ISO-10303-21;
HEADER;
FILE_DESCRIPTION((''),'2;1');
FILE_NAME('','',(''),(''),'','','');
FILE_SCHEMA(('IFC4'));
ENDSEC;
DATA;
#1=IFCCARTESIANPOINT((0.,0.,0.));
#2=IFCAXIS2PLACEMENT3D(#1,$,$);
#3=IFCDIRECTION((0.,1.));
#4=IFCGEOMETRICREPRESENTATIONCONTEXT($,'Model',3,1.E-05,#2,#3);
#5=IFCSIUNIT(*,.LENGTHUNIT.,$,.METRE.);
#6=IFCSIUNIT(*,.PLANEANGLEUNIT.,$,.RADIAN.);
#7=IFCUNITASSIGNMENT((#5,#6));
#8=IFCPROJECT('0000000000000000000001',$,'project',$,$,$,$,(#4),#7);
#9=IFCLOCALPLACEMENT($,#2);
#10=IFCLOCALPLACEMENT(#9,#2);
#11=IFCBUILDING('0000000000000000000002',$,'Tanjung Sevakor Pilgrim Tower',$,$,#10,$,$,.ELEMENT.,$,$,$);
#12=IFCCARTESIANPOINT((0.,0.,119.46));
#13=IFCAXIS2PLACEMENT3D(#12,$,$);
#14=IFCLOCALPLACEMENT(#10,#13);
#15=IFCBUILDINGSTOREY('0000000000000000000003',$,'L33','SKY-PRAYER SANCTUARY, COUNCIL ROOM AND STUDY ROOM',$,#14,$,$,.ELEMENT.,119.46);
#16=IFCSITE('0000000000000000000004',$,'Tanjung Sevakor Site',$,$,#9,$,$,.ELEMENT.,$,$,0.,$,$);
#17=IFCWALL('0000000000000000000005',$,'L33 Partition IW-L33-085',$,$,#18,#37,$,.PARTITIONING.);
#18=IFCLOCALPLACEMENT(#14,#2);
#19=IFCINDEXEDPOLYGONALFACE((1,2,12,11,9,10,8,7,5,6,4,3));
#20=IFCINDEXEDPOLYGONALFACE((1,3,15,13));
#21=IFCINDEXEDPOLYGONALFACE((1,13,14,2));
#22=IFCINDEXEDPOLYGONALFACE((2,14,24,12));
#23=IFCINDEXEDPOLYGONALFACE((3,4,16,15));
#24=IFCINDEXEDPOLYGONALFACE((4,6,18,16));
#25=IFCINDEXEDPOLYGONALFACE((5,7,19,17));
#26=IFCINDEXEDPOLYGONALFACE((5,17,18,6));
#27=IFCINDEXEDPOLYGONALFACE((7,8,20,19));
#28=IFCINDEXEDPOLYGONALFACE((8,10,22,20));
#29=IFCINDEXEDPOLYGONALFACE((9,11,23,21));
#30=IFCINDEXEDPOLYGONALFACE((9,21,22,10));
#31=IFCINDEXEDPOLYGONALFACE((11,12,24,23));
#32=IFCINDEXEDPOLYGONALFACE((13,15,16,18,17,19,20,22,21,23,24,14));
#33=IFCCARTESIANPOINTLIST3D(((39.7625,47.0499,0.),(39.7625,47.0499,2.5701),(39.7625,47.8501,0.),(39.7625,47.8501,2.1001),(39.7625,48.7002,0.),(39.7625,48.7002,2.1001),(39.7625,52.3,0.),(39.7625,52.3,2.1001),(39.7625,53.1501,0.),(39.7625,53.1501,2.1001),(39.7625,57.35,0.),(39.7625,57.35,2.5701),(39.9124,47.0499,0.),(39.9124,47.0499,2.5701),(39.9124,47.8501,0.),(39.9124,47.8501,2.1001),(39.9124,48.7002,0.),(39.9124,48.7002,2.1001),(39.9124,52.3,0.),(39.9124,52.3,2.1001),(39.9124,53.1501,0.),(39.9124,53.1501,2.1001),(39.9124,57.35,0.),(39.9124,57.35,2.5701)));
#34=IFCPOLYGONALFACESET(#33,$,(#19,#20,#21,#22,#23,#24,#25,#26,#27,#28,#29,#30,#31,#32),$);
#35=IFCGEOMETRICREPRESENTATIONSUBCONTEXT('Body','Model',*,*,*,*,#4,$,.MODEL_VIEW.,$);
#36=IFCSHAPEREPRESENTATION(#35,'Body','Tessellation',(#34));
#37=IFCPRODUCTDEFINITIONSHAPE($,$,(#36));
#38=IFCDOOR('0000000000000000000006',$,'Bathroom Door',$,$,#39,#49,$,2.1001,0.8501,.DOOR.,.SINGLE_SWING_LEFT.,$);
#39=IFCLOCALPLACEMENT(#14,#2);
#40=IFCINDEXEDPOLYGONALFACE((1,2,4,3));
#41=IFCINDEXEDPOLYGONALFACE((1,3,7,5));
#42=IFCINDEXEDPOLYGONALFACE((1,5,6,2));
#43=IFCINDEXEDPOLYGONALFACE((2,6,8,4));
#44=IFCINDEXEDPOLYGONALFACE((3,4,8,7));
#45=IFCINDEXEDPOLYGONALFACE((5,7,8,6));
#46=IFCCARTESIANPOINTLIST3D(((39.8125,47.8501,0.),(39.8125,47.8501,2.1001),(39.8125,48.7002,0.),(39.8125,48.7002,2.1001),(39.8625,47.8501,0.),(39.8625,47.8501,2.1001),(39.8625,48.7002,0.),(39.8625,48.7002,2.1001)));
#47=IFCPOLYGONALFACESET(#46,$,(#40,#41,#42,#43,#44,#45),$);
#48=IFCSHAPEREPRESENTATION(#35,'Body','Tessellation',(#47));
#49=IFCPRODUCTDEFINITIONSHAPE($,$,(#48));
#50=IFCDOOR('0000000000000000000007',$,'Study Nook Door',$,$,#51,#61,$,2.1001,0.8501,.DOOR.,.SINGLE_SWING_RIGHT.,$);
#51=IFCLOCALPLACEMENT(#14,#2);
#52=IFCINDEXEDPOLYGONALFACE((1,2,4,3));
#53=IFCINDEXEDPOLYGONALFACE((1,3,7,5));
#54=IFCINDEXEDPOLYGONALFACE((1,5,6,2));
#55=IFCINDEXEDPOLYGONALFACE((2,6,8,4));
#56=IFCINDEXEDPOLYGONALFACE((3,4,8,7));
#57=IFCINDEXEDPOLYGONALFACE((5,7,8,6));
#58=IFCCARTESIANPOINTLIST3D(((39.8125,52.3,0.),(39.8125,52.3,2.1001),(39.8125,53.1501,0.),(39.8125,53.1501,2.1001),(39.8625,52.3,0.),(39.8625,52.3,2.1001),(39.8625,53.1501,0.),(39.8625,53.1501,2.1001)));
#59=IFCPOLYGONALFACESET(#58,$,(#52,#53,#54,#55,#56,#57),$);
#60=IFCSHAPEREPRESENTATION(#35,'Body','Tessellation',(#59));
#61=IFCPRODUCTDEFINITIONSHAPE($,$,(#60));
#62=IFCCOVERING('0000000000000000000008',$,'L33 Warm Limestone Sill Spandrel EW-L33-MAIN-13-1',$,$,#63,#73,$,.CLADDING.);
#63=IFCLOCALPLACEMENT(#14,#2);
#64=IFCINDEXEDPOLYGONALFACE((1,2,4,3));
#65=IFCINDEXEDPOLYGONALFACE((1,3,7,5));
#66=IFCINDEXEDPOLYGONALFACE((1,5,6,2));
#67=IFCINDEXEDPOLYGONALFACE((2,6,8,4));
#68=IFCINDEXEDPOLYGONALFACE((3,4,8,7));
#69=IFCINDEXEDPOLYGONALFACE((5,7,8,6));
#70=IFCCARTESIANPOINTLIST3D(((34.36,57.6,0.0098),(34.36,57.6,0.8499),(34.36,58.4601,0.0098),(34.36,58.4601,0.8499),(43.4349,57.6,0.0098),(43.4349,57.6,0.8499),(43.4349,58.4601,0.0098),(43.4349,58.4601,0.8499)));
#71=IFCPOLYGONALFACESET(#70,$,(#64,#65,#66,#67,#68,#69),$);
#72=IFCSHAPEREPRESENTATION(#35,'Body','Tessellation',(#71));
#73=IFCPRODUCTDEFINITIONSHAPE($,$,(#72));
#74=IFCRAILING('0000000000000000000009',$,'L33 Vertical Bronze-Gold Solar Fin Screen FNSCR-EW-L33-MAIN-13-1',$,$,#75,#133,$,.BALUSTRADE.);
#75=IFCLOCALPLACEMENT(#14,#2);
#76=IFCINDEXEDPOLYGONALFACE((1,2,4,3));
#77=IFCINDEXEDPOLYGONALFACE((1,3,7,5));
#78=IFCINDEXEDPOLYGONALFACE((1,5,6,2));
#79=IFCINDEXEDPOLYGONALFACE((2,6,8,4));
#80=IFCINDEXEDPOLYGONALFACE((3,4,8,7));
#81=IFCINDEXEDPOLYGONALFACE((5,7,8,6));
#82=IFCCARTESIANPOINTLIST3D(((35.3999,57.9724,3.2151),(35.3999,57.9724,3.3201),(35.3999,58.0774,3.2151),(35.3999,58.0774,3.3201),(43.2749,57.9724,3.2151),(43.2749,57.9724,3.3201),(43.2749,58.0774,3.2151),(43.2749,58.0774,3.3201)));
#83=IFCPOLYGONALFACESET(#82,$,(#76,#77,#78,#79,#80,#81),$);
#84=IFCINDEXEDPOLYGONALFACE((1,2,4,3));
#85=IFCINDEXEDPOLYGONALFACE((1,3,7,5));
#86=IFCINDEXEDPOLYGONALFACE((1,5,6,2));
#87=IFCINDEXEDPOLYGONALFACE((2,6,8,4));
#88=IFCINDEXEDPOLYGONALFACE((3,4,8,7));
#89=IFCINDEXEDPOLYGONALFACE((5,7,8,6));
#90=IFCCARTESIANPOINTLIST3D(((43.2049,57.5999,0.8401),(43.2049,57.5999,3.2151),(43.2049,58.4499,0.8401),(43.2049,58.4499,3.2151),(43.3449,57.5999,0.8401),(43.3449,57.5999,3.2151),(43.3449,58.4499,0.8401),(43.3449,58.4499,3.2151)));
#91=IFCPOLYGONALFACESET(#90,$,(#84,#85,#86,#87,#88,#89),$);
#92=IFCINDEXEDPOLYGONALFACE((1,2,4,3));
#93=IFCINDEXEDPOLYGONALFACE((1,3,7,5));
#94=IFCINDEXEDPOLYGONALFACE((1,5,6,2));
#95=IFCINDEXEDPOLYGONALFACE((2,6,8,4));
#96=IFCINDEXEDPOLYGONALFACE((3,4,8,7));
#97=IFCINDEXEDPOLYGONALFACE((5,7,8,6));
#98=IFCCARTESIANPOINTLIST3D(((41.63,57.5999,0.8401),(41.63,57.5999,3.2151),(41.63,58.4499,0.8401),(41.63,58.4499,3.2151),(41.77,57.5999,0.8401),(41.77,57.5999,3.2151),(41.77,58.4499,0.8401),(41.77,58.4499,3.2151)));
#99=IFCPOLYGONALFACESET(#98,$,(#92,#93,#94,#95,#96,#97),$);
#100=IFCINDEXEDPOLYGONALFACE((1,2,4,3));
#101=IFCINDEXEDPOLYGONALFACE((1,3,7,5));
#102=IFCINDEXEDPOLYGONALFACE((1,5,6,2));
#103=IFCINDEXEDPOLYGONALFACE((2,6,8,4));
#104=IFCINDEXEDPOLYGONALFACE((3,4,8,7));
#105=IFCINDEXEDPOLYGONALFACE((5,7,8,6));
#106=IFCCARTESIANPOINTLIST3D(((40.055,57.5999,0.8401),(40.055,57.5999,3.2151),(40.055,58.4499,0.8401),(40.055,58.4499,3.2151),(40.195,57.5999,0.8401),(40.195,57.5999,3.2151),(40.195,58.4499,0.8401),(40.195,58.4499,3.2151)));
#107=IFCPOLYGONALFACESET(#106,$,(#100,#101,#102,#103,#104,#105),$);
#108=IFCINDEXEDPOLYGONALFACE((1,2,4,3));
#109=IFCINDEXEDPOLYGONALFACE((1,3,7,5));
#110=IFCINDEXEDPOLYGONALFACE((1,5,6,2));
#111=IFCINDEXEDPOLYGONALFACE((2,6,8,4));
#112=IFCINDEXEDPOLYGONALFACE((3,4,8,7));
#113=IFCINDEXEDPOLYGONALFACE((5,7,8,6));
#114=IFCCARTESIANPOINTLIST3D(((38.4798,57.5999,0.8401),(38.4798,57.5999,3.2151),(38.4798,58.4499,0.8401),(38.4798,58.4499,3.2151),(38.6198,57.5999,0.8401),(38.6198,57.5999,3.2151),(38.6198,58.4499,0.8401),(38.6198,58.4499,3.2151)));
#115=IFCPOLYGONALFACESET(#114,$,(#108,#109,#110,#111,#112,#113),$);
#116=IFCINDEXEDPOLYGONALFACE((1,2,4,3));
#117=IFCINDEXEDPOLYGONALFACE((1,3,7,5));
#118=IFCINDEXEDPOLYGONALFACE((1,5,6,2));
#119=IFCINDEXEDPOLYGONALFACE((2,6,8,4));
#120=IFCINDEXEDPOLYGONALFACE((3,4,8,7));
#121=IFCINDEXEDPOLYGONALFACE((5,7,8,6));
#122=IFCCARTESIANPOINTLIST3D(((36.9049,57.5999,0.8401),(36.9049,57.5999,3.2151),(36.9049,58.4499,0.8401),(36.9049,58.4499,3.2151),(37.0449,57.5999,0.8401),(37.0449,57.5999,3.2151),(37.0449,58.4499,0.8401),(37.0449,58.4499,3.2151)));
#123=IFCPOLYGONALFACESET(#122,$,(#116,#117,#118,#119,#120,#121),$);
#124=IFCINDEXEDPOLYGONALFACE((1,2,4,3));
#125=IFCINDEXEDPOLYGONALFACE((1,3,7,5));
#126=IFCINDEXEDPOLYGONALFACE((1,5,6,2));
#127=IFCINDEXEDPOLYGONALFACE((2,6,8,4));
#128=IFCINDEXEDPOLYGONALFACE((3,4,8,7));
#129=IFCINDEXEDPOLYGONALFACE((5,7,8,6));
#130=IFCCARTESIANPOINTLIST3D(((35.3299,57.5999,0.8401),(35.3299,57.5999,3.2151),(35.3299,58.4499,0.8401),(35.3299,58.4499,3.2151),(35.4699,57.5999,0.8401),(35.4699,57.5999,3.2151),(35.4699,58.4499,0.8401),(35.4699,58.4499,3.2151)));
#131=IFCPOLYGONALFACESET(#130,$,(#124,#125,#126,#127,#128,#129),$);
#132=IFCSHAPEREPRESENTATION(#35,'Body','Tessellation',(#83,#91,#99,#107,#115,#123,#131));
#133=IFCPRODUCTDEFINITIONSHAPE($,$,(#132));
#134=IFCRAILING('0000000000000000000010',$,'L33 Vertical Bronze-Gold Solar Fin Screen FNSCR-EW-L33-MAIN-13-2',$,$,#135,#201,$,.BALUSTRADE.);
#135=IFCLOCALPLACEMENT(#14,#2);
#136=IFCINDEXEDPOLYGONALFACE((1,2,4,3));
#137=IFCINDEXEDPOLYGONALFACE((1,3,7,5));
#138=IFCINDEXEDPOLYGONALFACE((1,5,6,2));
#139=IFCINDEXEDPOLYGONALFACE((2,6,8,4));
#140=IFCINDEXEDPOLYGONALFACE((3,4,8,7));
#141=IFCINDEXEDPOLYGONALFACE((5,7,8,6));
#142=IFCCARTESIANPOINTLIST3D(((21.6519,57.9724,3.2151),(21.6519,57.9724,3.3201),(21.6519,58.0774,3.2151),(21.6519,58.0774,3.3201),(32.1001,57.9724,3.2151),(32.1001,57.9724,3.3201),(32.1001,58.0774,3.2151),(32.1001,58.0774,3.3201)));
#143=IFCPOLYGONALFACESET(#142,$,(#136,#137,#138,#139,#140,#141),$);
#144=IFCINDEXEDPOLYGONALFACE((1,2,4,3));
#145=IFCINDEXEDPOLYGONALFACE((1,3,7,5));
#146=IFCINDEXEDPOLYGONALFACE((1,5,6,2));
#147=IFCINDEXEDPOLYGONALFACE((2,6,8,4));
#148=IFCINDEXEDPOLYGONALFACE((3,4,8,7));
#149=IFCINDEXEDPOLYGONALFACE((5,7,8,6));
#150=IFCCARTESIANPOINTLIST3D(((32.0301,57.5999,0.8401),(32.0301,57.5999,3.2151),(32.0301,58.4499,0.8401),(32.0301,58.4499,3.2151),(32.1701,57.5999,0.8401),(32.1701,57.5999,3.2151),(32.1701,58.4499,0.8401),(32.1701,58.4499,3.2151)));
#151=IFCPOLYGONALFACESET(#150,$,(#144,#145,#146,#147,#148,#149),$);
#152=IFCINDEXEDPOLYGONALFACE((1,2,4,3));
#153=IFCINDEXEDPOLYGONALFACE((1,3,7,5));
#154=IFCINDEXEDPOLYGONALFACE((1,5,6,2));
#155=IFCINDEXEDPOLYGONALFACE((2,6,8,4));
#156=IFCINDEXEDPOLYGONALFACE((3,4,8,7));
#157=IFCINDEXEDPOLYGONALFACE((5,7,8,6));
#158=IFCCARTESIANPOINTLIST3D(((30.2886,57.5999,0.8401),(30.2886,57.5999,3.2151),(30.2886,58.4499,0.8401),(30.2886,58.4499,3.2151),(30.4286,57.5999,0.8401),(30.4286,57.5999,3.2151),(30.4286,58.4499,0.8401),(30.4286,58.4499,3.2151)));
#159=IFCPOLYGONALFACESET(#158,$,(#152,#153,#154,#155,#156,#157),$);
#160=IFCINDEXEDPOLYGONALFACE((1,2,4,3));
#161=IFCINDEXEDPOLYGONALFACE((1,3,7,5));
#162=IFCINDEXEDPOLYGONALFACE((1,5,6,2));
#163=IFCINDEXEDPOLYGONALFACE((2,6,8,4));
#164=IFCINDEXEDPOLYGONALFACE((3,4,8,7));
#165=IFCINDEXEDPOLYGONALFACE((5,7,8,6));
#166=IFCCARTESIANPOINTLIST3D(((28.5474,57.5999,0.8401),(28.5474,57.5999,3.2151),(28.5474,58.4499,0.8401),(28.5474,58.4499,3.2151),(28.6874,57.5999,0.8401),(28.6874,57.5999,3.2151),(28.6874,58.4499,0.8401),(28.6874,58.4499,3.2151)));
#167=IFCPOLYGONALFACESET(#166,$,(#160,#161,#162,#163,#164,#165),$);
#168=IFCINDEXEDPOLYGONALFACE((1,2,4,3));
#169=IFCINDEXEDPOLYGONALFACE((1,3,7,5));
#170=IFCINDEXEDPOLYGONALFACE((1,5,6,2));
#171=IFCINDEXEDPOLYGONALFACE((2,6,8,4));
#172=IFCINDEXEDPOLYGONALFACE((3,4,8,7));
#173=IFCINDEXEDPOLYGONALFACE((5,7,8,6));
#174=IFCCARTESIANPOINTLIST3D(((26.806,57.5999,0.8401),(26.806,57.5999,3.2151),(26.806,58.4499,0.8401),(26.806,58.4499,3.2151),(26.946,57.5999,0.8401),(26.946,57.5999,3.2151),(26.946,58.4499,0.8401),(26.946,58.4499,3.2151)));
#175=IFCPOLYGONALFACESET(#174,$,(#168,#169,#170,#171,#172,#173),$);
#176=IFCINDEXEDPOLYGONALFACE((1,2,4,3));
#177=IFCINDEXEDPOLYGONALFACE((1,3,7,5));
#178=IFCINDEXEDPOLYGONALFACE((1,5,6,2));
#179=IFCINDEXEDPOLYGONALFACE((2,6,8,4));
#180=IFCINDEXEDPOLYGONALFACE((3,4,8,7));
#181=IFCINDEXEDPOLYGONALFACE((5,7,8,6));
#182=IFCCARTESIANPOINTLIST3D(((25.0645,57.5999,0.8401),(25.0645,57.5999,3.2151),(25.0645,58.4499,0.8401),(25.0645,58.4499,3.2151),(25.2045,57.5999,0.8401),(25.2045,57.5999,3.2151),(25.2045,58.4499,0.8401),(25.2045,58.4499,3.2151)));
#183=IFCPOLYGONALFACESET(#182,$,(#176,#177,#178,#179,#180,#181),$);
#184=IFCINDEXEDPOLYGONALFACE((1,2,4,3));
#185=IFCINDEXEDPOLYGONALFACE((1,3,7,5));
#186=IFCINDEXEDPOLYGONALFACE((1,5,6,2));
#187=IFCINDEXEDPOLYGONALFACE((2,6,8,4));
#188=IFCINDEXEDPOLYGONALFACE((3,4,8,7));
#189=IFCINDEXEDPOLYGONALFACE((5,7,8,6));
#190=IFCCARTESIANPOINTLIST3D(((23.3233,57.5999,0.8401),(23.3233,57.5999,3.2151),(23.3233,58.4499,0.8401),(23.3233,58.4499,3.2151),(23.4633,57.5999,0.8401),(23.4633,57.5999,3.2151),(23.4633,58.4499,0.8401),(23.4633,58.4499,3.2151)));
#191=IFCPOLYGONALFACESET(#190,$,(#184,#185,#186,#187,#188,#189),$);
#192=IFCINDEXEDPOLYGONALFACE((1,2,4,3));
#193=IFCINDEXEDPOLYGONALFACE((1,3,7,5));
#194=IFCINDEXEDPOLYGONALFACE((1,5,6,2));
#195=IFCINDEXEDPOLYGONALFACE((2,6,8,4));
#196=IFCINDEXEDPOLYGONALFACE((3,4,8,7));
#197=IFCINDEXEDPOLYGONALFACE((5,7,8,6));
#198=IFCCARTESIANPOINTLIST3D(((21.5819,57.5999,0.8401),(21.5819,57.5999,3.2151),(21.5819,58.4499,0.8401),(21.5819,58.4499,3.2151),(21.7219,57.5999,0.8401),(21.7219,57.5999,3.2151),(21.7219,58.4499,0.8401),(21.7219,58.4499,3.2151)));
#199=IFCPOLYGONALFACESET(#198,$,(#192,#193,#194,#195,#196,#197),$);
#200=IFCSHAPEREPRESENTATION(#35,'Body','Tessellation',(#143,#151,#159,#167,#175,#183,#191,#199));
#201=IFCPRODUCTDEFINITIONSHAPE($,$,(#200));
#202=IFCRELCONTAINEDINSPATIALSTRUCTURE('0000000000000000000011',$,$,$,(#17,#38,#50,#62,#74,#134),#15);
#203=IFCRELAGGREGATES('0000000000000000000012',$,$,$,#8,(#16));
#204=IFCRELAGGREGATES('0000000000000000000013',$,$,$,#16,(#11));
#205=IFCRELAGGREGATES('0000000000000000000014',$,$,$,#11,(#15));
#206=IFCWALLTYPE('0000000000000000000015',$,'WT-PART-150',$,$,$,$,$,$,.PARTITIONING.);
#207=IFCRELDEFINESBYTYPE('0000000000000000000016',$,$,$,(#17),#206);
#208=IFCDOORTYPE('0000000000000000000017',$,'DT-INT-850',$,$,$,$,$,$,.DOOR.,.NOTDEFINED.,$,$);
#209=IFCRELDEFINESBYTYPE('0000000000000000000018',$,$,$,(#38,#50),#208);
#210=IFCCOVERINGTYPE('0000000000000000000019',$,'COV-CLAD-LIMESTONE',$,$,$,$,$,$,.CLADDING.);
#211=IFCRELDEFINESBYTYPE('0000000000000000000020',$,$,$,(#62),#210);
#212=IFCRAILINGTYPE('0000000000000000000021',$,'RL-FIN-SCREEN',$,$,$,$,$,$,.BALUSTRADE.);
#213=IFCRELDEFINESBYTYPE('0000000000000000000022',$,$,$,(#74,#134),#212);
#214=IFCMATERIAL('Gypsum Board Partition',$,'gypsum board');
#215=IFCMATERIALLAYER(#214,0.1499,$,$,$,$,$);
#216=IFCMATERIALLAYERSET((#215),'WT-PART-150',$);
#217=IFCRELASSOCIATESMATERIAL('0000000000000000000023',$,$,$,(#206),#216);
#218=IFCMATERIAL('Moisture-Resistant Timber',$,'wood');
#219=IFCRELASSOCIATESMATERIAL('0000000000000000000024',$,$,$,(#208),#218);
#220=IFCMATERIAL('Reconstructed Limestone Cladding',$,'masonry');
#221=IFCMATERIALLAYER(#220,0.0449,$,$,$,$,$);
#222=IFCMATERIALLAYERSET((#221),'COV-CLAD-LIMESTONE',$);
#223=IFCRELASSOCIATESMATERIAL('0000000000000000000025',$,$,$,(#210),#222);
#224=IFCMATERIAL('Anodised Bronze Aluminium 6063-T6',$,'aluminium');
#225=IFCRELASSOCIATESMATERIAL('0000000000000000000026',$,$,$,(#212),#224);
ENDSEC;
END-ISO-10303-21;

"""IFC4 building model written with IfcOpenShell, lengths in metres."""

from ifc_helpers import new_model, si_unit, direction, frame, frame_2d, origin, origin_2d, place, context, subcontext, project, spatial, rectangle, extrude, material, layer, layer_set, type_object, element, fill, save


model = new_model("IFC4")

# Units and contexts
model_context = context("Model", 3, precision=1e-05, world=origin(), true_north=direction((0.0, 1.0)))
body_context = subcontext(model_context, "Body", "Model", "MODEL_VIEW")
ifc_project = project(units=[si_unit("LENGTHUNIT", "METRE"), si_unit("PLANEANGLEUNIT", "RADIAN")], contexts=[model_context])

# Site, building, storey
site_placement = place(None, origin())
site = spatial("IfcSite", under=ifc_project, at=site_placement, Name="Tanjung Sevakor Site", CompositionType="ELEMENT", RefElevation=0.0)
building_placement = place(site_placement, origin())
building = spatial("IfcBuilding", under=site, at=building_placement, Name="Tanjung Sevakor Pilgrim Tower", CompositionType="ELEMENT")
storey_placement = place(building_placement, frame((0.0, 0.0, 119.46)))
storey = spatial("IfcBuildingStorey", under=building, at=storey_placement, Name="L33", Description="SKY-PRAYER SANCTUARY, COUNCIL ROOM AND STUDY ROOM", CompositionType="ELEMENT", Elevation=119.46)

# Shared definitions
ifc_material_1 = material(Name="Gypsum Board Partition", Category="gypsum board")
ifc_layer_1 = layer(ifc_material_1, 0.1499)
ifc_layer_set_1 = layer_set([ifc_layer_1], Name="WT-PART-150")
wall_type_1 = type_object("IfcWallType", Name="WT-PART-150", PredefinedType="PARTITIONING", material=ifc_layer_set_1)

# Wall, openings, doors
wall_1_placement = place(storey_placement, frame((39.8374, 47.05, 0.0), z_axis=(0.0, 0.0, 1.0), x_axis=(0.0, 1.0, 0.0)))
wall_1 = element("IfcWall", 1, at=wall_1_placement, inside=storey, type_object=wall_type_1, Name="L33 Partition IW-L33-085", PredefinedType="PARTITIONING", context=body_context, shape_type="SweptSolid", body=[
    extrude(rectangle(XDim=10.3, YDim=0.1499, at=frame_2d((5.1499, 0.0))), origin(), (0.0, 0.0, 1.0), 2.5701),
])
opening_1_placement = place(wall_1_placement, frame((0.8, 0.0, 0.0)))
opening_1 = element("IfcOpeningElement", 2, at=opening_1_placement, cuts=wall_1, PredefinedType="OPENING", context=body_context, shape_type="SweptSolid", body=[
    extrude(rectangle(XDim=0.8501, YDim=2.1001, at=frame_2d((0.425, 1.05))), frame((0.0, 0.085, 0.0), z_axis=(0.0, -1.0, 0.0), x_axis=(1.0, 0.0, 0.0)), (0.0, 0.0, 1.0), 0.1699),
])
opening_2_placement = place(wall_1_placement, frame((5.25, 0.0, 0.0)))
opening_2 = element("IfcOpeningElement", 3, at=opening_2_placement, cuts=wall_1, PredefinedType="OPENING", context=body_context, shape_type="SweptSolid", body=[
    extrude(rectangle(XDim=0.8501, YDim=2.1001, at=frame_2d((0.425, 1.05))), frame((0.0, 0.085, 0.0), z_axis=(0.0, -1.0, 0.0), x_axis=(1.0, 0.0, 0.0)), (0.0, 0.0, 1.0), 0.1699),
])
ifc_material_2 = material(Name="Moisture-Resistant Timber", Category="wood")
door_type_1 = type_object("IfcDoorType", Name="DT-INT-850", OperationType="NOTDEFINED", PredefinedType="DOOR", material=ifc_material_2)
door_1_placement = place(opening_1_placement, origin())
door_1 = element("IfcDoor", 4, at=door_1_placement, inside=storey, type_object=door_type_1, Name="Bathroom Door", OperationType="SINGLE_SWING_LEFT", OverallHeight=2.1001, OverallWidth=0.8501, PredefinedType="DOOR", context=body_context, shape_type="SweptSolid", body=[
    extrude(rectangle(XDim=0.8501, YDim=2.1001, at=frame_2d((0.425, 1.05))), frame((0.0, 0.0249, 0.0), z_axis=(0.0, -1.0, 0.0), x_axis=(1.0, 0.0, 0.0)), (0.0, 0.0, 1.0), 0.05),
])
fill(opening_1, door_1)
door_2_placement = place(opening_2_placement, origin())
door_2 = element("IfcDoor", 5, at=door_2_placement, inside=storey, type_object=door_type_1, Name="Study Nook Door", OperationType="SINGLE_SWING_RIGHT", OverallHeight=2.1001, OverallWidth=0.8501, PredefinedType="DOOR", context=body_context, shape_type="SweptSolid", body=[
    extrude(rectangle(XDim=0.8501, YDim=2.1001, at=frame_2d((0.425, 1.05))), frame((0.0, 0.0249, 0.0), z_axis=(0.0, -1.0, 0.0), x_axis=(1.0, 0.0, 0.0)), (0.0, 0.0, 1.0), 0.05),
])
fill(opening_2, door_2)

# Covering
ifc_material_3 = material(Name="Reconstructed Limestone Cladding", Category="masonry")
ifc_layer_2 = layer(ifc_material_3, 0.0449)
ifc_layer_set_2 = layer_set([ifc_layer_2], Name="COV-CLAD-LIMESTONE")
covering_type = type_object("IfcCoveringType", Name="COV-CLAD-LIMESTONE", PredefinedType="CLADDING", material=ifc_layer_set_2)
covering_placement = place(storey_placement, frame((38.8975, 58.03, 0.0098), z_axis=(0.0, 0.0, 1.0), x_axis=(-1.0, 0.0, 0.0)))
element("IfcCovering", 6, at=covering_placement, inside=storey, type_object=covering_type, Name="L33 Warm Limestone Sill Spandrel EW-L33-MAIN-13-1", PredefinedType="CLADDING", context=body_context, shape_type="SweptSolid", body=[
    extrude(rectangle(XDim=9.075, YDim=0.8601, at=origin_2d()), origin(), (0.0, 0.0, 1.0), 0.8401),
])

# Railings
ifc_material_4 = material(Name="Anodised Bronze Aluminium 6063-T6", Category="aluminium")
railing_type = type_object("IfcRailingType", Name="RL-FIN-SCREEN", PredefinedType="BALUSTRADE", material=ifc_material_4)
railing_1_placement = place(storey_placement, frame((43.2749, 58.0249, 0.8401)))
element("IfcRailing", 7, at=railing_1_placement, inside=storey, type_object=railing_type, Name="L33 Vertical Bronze-Gold Solar Fin Screen FNSCR-EW-L33-MAIN-13-1", PredefinedType="BALUSTRADE", context=body_context, shape_type="SweptSolid", body=[
    extrude(rectangle(XDim=0.105, YDim=0.105), frame((0.0, 0.0, 2.4275), z_axis=(-1.0, 0.0, 0.0), x_axis=(0.0, -1.0, 0.0)), (0.0, 0.0, 1.0), 7.875),
    extrude(rectangle(XDim=0.14, YDim=0.85), origin(), (0.0, 0.0, 1.0), 2.375),
    extrude(rectangle(XDim=0.14, YDim=0.85), frame((-1.575, 0.0, 0.0)), (0.0, 0.0, 1.0), 2.375),
    extrude(rectangle(XDim=0.14, YDim=0.85), frame((-3.1499, 0.0, 0.0)), (0.0, 0.0, 1.0), 2.375),
    extrude(rectangle(XDim=0.14, YDim=0.85), frame((-4.7251, 0.0, 0.0)), (0.0, 0.0, 1.0), 2.375),
    extrude(rectangle(XDim=0.14, YDim=0.85), frame((-6.3, 0.0, 0.0)), (0.0, 0.0, 1.0), 2.375),
    extrude(rectangle(XDim=0.14, YDim=0.85), frame((-7.875, 0.0, 0.0)), (0.0, 0.0, 1.0), 2.375),
])
railing_2_placement = place(storey_placement, frame((32.1001, 58.0249, 0.8401)))
element("IfcRailing", 8, at=railing_2_placement, inside=storey, type_object=railing_type, Name="L33 Vertical Bronze-Gold Solar Fin Screen FNSCR-EW-L33-MAIN-13-2", PredefinedType="BALUSTRADE", context=body_context, shape_type="SweptSolid", body=[
    extrude(rectangle(XDim=0.105, YDim=0.105), frame((0.0, 0.0, 2.4275), z_axis=(-1.0, 0.0, 0.0), x_axis=(0.0, -1.0, 0.0)), (0.0, 0.0, 1.0), 10.4482),
    extrude(rectangle(XDim=0.14, YDim=0.85), origin(), (0.0, 0.0, 1.0), 2.375),
    extrude(rectangle(XDim=0.14, YDim=0.85), frame((-1.7415, 0.0, 0.0)), (0.0, 0.0, 1.0), 2.375),
    extrude(rectangle(XDim=0.14, YDim=0.85), frame((-3.4827, 0.0, 0.0)), (0.0, 0.0, 1.0), 2.375),
    extrude(rectangle(XDim=0.14, YDim=0.85), frame((-5.2241, 0.0, 0.0)), (0.0, 0.0, 1.0), 2.375),
    extrude(rectangle(XDim=0.14, YDim=0.85), frame((-6.9656, 0.0, 0.0)), (0.0, 0.0, 1.0), 2.375),
    extrude(rectangle(XDim=0.14, YDim=0.85), frame((-8.7068, 0.0, 0.0)), (0.0, 0.0, 1.0), 2.375),
    extrude(rectangle(XDim=0.14, YDim=0.85), frame((-10.4482, 0.0, 0.0)), (0.0, 0.0, 1.0), 2.375),
])

save(model, "model.ifc")
